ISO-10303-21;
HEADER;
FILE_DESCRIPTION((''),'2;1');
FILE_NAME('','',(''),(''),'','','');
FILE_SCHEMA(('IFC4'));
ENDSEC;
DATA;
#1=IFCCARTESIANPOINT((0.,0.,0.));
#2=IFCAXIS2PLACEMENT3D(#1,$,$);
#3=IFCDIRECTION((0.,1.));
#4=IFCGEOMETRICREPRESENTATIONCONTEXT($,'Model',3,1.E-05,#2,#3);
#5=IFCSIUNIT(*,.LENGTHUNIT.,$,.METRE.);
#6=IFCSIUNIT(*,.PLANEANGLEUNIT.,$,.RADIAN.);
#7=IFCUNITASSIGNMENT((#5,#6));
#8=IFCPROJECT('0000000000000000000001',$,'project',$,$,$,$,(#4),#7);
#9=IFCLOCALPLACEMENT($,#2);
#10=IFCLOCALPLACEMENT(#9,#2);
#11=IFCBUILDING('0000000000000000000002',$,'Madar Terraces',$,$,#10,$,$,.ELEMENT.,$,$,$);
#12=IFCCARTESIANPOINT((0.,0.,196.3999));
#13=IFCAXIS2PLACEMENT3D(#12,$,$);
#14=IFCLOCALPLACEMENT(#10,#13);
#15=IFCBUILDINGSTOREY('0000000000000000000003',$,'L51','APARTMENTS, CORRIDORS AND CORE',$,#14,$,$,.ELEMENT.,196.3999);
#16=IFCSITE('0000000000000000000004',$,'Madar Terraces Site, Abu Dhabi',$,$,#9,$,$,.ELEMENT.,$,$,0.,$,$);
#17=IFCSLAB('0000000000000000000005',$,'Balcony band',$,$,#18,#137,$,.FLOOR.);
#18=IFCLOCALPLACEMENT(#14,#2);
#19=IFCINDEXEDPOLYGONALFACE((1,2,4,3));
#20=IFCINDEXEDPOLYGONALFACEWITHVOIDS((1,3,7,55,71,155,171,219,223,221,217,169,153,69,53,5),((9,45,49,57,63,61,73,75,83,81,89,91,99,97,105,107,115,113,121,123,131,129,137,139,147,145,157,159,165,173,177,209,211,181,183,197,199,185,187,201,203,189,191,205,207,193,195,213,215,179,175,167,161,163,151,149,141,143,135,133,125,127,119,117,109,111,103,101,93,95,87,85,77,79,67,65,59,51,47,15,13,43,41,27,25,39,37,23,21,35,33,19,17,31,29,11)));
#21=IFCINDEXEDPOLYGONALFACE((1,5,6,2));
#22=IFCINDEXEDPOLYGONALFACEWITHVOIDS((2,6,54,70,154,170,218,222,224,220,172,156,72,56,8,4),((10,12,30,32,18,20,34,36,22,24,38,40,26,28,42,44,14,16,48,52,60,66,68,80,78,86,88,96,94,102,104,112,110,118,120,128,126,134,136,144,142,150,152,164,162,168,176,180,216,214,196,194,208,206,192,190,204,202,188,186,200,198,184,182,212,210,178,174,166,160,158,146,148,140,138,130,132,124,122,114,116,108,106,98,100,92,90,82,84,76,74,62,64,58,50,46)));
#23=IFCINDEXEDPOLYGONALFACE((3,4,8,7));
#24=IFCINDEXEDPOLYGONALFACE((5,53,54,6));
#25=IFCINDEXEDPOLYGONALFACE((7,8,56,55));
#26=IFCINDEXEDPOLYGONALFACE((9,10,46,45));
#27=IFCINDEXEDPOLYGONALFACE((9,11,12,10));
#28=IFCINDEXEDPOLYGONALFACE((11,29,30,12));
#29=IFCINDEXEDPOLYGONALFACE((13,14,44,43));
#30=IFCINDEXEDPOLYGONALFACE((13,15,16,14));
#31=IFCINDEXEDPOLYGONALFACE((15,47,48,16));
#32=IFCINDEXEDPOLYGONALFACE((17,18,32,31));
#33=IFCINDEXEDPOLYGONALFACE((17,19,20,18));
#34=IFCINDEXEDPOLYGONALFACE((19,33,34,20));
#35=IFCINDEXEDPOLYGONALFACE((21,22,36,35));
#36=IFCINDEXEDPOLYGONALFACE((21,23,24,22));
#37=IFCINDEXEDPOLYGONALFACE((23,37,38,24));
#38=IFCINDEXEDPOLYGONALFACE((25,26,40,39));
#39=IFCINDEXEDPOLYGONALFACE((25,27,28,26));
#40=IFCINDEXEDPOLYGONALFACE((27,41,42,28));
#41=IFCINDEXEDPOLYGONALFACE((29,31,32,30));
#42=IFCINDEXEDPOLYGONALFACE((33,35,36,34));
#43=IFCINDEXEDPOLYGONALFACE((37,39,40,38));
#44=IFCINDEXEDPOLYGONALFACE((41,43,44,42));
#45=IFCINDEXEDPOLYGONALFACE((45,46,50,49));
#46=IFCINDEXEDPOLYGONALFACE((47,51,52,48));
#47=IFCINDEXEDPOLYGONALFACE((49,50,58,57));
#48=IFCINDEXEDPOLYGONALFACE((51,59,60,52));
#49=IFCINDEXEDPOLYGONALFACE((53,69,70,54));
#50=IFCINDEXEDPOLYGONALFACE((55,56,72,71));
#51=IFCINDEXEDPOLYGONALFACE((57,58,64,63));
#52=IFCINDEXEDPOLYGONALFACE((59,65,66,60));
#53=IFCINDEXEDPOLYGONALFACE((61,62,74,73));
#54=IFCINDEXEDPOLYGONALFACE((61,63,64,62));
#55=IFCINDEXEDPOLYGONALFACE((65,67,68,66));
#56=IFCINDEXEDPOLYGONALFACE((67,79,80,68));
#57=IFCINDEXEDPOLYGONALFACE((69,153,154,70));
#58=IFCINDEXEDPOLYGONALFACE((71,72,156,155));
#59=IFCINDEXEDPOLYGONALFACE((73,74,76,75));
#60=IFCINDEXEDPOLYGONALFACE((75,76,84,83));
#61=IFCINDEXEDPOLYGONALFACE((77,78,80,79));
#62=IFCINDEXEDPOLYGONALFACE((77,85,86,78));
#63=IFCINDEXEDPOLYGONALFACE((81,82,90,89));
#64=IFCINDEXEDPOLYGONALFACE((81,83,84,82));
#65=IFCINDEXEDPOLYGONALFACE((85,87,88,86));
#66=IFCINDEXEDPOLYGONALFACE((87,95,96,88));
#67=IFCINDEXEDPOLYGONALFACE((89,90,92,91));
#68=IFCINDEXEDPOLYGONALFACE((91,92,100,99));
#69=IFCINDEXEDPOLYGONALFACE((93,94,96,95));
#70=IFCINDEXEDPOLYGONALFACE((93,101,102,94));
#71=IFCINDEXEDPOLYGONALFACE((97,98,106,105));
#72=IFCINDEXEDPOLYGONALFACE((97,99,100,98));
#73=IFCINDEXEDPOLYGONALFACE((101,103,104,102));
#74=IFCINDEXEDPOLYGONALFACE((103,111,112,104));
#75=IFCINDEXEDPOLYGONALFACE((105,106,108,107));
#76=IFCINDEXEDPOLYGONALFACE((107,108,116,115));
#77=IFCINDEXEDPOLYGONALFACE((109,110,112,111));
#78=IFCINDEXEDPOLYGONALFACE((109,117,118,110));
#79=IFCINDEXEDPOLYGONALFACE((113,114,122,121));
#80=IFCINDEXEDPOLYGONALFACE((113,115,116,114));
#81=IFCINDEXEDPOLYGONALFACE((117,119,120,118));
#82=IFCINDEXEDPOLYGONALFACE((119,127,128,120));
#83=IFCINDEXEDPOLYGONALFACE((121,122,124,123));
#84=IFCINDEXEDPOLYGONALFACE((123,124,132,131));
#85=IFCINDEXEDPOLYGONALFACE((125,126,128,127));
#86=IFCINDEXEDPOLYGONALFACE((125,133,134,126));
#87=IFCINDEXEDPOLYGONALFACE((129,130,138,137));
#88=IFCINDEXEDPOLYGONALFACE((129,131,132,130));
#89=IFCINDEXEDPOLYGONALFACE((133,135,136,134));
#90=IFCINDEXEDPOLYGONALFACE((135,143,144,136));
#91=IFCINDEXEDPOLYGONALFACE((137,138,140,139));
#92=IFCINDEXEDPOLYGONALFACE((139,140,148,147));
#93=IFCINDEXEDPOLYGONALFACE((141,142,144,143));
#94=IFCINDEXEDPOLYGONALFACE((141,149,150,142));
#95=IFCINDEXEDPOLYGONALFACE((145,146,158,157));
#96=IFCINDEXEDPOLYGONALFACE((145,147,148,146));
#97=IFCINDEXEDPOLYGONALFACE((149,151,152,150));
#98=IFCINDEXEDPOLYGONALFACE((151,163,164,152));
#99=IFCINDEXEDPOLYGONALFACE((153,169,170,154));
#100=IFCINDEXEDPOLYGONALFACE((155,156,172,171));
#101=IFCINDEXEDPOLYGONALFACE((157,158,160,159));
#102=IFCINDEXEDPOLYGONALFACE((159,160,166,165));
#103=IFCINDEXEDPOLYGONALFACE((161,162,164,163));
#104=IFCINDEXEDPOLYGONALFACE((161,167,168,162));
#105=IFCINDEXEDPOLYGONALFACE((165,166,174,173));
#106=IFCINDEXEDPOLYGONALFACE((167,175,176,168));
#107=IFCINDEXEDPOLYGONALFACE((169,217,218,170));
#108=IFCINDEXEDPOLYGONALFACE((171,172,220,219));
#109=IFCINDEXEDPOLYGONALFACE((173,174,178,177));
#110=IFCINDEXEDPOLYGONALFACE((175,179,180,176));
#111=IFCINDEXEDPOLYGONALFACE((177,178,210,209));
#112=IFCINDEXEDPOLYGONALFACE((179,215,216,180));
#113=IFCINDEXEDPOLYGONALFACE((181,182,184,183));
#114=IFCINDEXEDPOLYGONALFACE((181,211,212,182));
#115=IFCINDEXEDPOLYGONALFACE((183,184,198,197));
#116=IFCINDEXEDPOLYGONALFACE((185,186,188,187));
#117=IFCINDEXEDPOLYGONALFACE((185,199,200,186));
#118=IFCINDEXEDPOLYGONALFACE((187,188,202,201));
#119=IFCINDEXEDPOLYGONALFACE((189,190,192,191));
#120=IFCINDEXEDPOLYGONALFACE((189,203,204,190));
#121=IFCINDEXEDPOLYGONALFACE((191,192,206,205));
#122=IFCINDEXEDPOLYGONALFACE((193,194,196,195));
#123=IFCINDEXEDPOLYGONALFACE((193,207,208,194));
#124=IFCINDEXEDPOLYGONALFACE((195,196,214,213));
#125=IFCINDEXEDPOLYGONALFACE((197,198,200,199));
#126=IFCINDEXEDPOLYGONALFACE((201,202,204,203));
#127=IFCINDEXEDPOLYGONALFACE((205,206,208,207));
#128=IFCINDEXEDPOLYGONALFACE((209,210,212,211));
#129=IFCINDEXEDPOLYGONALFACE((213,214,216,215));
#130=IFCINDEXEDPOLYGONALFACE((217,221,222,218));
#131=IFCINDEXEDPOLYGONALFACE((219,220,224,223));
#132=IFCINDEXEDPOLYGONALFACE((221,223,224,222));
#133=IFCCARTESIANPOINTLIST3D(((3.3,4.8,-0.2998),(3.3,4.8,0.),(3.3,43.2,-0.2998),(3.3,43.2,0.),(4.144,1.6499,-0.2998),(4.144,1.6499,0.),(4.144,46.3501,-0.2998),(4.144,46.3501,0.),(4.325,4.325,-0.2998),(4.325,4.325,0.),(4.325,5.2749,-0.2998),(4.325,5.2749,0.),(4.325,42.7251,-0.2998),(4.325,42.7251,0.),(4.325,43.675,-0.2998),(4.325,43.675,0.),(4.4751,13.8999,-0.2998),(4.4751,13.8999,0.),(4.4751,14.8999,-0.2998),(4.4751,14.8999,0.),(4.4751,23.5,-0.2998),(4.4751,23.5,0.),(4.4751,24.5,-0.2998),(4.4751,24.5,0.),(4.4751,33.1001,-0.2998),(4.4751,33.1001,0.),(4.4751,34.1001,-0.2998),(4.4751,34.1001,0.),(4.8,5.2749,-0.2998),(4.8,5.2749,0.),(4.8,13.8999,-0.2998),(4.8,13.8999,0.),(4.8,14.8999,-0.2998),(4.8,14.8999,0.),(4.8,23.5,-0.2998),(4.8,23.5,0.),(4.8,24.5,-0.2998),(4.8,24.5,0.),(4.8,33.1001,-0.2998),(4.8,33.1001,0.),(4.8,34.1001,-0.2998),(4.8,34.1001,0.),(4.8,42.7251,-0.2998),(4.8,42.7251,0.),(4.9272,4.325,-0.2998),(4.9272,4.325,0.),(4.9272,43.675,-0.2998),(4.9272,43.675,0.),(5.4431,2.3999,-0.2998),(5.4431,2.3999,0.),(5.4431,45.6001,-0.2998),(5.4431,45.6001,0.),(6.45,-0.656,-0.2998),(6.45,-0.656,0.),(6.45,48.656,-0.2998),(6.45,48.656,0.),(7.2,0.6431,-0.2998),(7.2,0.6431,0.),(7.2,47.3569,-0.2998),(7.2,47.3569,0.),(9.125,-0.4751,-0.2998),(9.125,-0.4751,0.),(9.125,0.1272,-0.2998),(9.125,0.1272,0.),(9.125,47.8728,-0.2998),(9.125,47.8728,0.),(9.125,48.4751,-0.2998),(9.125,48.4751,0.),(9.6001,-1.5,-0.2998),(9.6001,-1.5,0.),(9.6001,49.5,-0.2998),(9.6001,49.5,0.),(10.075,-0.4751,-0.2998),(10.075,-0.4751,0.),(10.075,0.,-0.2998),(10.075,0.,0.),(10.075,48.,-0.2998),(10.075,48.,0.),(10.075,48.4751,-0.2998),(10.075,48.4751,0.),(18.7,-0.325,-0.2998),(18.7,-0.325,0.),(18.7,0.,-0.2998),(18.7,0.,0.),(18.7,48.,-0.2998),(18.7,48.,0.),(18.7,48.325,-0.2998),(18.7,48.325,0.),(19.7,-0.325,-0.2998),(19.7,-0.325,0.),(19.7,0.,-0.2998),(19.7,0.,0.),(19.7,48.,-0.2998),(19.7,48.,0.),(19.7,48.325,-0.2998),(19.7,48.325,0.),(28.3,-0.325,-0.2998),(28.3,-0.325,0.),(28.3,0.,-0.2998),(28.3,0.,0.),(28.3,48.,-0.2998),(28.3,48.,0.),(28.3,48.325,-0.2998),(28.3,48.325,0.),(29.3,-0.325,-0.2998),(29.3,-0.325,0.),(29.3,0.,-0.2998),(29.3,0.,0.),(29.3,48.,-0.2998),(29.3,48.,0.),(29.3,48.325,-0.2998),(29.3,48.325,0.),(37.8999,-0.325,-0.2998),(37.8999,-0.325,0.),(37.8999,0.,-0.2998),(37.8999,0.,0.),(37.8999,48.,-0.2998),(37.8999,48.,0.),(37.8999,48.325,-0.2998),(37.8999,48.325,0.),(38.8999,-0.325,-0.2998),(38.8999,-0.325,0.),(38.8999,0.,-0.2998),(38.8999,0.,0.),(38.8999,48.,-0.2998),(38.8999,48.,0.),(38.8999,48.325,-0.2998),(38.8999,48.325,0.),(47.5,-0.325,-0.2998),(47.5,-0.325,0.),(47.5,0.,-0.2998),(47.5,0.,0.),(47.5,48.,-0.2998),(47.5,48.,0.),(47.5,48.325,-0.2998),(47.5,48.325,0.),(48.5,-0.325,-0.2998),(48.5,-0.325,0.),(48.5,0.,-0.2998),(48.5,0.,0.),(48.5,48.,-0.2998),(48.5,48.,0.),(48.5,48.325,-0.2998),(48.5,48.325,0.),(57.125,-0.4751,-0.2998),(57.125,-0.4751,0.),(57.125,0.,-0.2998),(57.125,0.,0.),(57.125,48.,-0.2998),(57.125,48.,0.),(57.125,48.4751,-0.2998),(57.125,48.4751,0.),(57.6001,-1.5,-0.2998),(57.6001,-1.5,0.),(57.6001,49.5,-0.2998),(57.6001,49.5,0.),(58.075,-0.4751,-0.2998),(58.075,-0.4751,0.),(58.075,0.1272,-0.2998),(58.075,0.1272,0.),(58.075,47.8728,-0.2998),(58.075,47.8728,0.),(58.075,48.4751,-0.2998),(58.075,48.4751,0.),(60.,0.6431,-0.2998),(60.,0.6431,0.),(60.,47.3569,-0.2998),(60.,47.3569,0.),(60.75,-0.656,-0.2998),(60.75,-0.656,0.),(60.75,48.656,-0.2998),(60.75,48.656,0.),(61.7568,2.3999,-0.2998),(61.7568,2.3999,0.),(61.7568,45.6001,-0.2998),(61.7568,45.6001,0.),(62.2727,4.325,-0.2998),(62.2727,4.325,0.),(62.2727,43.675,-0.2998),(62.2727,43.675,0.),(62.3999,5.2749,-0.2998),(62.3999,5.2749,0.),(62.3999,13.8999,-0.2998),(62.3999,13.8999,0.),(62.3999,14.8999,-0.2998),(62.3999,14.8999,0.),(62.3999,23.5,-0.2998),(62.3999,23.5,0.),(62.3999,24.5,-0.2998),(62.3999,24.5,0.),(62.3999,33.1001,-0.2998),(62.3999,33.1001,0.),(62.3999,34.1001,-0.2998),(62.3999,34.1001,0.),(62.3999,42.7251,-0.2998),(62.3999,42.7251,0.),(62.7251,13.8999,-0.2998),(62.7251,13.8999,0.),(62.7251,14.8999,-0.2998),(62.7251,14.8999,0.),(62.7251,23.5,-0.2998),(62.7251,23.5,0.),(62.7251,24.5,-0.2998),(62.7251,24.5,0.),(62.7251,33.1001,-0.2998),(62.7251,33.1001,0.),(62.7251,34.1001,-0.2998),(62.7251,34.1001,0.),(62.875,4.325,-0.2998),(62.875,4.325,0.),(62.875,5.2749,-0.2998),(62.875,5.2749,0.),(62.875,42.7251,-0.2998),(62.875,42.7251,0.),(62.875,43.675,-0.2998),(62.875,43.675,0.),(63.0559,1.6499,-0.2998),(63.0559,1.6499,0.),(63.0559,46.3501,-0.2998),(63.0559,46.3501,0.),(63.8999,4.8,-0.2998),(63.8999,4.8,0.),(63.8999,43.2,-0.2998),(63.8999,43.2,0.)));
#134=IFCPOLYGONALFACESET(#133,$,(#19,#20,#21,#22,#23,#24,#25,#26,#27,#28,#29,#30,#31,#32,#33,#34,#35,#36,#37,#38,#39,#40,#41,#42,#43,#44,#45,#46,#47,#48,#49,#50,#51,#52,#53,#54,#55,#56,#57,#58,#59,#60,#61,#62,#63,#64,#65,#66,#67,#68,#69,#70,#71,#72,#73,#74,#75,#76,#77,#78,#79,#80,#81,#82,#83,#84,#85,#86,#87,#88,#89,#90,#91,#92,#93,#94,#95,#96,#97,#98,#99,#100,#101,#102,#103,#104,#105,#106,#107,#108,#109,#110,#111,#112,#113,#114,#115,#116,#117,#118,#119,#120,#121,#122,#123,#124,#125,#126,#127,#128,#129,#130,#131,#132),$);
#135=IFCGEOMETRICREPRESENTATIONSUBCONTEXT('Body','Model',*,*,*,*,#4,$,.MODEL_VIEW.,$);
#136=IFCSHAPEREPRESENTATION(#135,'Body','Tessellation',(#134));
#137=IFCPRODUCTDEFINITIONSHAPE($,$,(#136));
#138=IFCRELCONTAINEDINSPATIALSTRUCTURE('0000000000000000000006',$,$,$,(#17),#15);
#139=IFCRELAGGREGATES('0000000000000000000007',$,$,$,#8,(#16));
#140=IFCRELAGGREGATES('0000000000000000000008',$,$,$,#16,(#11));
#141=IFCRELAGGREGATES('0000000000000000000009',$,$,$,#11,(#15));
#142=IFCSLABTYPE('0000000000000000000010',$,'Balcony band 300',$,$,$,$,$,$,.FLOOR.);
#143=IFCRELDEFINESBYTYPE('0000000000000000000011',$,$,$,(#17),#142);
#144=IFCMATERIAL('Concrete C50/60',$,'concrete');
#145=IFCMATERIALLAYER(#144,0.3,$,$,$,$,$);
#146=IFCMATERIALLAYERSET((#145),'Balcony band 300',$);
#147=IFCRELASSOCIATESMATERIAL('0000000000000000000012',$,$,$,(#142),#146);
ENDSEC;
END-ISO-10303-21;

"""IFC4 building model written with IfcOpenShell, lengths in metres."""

from ifc_helpers import new_model, si_unit, direction, frame, origin, place, context, subcontext, project, spatial, polyline, outline, extrude, material, layer, layer_set, type_object, element, save


model = new_model("IFC4")

# Units and contexts
model_context = context("Model", 3, precision=1e-05, world=origin(), true_north=direction((0.0, 1.0)))
body_context = subcontext(model_context, "Body", "Model", "MODEL_VIEW")
ifc_project = project(units=[si_unit("LENGTHUNIT", "METRE"), si_unit("PLANEANGLEUNIT", "RADIAN")], contexts=[model_context])

# Site, building, storey
site_placement = place(None, origin())
site = spatial("IfcSite", under=ifc_project, at=site_placement, Name="Madar Terraces Site, Abu Dhabi", CompositionType="ELEMENT", RefElevation=0.0)
building_placement = place(site_placement, origin())
building = spatial("IfcBuilding", under=site, at=building_placement, Name="Madar Terraces", CompositionType="ELEMENT")
storey_placement = place(building_placement, frame((0.0, 0.0, 196.3999)))
storey = spatial("IfcBuildingStorey", under=building, at=storey_placement, Name="L51", Description="APARTMENTS, CORRIDORS AND CORE", CompositionType="ELEMENT", Elevation=196.3999)

# Slab
ifc_material_1 = material(Name="Concrete C50/60", Category="concrete")
ifc_layer_1 = layer(ifc_material_1, 0.3)
ifc_layer_set_1 = layer_set([ifc_layer_1], Name="Balcony band 300")
slab_type_1 = type_object("IfcSlabType", Name="Balcony band 300", PredefinedType="FLOOR", material=ifc_layer_set_1)
slab_1_placement = place(storey_placement, frame((0.0, 0.0, -0.2998)))
element("IfcSlab", 1, at=slab_1_placement, inside=storey, type_object=slab_type_1, Name="Balcony band", PredefinedType="FLOOR", context=body_context, shape_type="SweptSolid", body=[
    extrude(outline(polyline([(9.6001, -1.5), (6.45, -0.656), (4.144, 1.6499), (3.3, 4.8), (3.3, 43.2), (4.144, 46.3501), (6.45, 48.656), (9.6001, 49.5), (57.6001, 49.5), (60.75, 48.656), (63.0559, 46.3501), (63.8999, 43.2), (63.8999, 4.8), (63.0559, 1.6499), (60.75, -0.656), (57.6001, -1.5), (9.6001, -1.5)]), holes=[polyline([(10.075, -0.4751), (10.075, 0.0), (18.7, 0.0), (18.7, -0.325), (19.7, -0.325), (19.7, 0.0), (28.3, 0.0), (28.3, -0.325), (29.3, -0.325), (29.3, 0.0), (37.8999, 0.0), (37.8999, -0.325), (38.8999, -0.325), (38.8999, 0.0), (47.5, 0.0), (47.5, -0.325), (48.5, -0.325), (48.5, 0.0), (57.125, 0.0), (57.125, -0.4751), (58.075, -0.4751), (58.075, 0.1272), (60.0, 0.6431), (61.7568, 2.3999), (62.2727, 4.325), (62.875, 4.325), (62.875, 5.2749), (62.3999, 5.2749), (62.3999, 13.8999), (62.7251, 13.8999), (62.7251, 14.8999), (62.3999, 14.8999), (62.3999, 23.5), (62.7251, 23.5), (62.7251, 24.5), (62.3999, 24.5), (62.3999, 33.1001), (62.7251, 33.1001), (62.7251, 34.1001), (62.3999, 34.1001), (62.3999, 42.7251), (62.875, 42.7251), (62.875, 43.675), (62.2727, 43.675), (61.7568, 45.6001), (60.0, 47.3569), (58.075, 47.8728), (58.075, 48.4751), (57.125, 48.4751), (57.125, 48.0), (48.5, 48.0), (48.5, 48.325), (47.5, 48.325), (47.5, 48.0), (38.8999, 48.0), (38.8999, 48.325), (37.8999, 48.325), (37.8999, 48.0), (29.3, 48.0), (29.3, 48.325), (28.3, 48.325), (28.3, 48.0), (19.7, 48.0), (19.7, 48.325), (18.7, 48.325), (18.7, 48.0), (10.075, 48.0), (10.075, 48.4751), (9.125, 48.4751), (9.125, 47.8728), (7.2, 47.3569), (5.4431, 45.6001), (4.9272, 43.675), (4.325, 43.675), (4.325, 42.7251), (4.8, 42.7251), (4.8, 34.1001), (4.4751, 34.1001), (4.4751, 33.1001), (4.8, 33.1001), (4.8, 24.5), (4.4751, 24.5), (4.4751, 23.5), (4.8, 23.5), (4.8, 14.8999), (4.4751, 14.8999), (4.4751, 13.8999), (4.8, 13.8999), (4.8, 5.2749), (4.325, 5.2749), (4.325, 4.325), (4.9272, 4.325), (5.4431, 2.3999), (7.2, 0.6431), (9.125, 0.1272), (9.125, -0.4751), (10.075, -0.4751)])]), origin(), (0.0, 0.0, 1.0), 0.2998),
])

save(model, "model.ifc")
